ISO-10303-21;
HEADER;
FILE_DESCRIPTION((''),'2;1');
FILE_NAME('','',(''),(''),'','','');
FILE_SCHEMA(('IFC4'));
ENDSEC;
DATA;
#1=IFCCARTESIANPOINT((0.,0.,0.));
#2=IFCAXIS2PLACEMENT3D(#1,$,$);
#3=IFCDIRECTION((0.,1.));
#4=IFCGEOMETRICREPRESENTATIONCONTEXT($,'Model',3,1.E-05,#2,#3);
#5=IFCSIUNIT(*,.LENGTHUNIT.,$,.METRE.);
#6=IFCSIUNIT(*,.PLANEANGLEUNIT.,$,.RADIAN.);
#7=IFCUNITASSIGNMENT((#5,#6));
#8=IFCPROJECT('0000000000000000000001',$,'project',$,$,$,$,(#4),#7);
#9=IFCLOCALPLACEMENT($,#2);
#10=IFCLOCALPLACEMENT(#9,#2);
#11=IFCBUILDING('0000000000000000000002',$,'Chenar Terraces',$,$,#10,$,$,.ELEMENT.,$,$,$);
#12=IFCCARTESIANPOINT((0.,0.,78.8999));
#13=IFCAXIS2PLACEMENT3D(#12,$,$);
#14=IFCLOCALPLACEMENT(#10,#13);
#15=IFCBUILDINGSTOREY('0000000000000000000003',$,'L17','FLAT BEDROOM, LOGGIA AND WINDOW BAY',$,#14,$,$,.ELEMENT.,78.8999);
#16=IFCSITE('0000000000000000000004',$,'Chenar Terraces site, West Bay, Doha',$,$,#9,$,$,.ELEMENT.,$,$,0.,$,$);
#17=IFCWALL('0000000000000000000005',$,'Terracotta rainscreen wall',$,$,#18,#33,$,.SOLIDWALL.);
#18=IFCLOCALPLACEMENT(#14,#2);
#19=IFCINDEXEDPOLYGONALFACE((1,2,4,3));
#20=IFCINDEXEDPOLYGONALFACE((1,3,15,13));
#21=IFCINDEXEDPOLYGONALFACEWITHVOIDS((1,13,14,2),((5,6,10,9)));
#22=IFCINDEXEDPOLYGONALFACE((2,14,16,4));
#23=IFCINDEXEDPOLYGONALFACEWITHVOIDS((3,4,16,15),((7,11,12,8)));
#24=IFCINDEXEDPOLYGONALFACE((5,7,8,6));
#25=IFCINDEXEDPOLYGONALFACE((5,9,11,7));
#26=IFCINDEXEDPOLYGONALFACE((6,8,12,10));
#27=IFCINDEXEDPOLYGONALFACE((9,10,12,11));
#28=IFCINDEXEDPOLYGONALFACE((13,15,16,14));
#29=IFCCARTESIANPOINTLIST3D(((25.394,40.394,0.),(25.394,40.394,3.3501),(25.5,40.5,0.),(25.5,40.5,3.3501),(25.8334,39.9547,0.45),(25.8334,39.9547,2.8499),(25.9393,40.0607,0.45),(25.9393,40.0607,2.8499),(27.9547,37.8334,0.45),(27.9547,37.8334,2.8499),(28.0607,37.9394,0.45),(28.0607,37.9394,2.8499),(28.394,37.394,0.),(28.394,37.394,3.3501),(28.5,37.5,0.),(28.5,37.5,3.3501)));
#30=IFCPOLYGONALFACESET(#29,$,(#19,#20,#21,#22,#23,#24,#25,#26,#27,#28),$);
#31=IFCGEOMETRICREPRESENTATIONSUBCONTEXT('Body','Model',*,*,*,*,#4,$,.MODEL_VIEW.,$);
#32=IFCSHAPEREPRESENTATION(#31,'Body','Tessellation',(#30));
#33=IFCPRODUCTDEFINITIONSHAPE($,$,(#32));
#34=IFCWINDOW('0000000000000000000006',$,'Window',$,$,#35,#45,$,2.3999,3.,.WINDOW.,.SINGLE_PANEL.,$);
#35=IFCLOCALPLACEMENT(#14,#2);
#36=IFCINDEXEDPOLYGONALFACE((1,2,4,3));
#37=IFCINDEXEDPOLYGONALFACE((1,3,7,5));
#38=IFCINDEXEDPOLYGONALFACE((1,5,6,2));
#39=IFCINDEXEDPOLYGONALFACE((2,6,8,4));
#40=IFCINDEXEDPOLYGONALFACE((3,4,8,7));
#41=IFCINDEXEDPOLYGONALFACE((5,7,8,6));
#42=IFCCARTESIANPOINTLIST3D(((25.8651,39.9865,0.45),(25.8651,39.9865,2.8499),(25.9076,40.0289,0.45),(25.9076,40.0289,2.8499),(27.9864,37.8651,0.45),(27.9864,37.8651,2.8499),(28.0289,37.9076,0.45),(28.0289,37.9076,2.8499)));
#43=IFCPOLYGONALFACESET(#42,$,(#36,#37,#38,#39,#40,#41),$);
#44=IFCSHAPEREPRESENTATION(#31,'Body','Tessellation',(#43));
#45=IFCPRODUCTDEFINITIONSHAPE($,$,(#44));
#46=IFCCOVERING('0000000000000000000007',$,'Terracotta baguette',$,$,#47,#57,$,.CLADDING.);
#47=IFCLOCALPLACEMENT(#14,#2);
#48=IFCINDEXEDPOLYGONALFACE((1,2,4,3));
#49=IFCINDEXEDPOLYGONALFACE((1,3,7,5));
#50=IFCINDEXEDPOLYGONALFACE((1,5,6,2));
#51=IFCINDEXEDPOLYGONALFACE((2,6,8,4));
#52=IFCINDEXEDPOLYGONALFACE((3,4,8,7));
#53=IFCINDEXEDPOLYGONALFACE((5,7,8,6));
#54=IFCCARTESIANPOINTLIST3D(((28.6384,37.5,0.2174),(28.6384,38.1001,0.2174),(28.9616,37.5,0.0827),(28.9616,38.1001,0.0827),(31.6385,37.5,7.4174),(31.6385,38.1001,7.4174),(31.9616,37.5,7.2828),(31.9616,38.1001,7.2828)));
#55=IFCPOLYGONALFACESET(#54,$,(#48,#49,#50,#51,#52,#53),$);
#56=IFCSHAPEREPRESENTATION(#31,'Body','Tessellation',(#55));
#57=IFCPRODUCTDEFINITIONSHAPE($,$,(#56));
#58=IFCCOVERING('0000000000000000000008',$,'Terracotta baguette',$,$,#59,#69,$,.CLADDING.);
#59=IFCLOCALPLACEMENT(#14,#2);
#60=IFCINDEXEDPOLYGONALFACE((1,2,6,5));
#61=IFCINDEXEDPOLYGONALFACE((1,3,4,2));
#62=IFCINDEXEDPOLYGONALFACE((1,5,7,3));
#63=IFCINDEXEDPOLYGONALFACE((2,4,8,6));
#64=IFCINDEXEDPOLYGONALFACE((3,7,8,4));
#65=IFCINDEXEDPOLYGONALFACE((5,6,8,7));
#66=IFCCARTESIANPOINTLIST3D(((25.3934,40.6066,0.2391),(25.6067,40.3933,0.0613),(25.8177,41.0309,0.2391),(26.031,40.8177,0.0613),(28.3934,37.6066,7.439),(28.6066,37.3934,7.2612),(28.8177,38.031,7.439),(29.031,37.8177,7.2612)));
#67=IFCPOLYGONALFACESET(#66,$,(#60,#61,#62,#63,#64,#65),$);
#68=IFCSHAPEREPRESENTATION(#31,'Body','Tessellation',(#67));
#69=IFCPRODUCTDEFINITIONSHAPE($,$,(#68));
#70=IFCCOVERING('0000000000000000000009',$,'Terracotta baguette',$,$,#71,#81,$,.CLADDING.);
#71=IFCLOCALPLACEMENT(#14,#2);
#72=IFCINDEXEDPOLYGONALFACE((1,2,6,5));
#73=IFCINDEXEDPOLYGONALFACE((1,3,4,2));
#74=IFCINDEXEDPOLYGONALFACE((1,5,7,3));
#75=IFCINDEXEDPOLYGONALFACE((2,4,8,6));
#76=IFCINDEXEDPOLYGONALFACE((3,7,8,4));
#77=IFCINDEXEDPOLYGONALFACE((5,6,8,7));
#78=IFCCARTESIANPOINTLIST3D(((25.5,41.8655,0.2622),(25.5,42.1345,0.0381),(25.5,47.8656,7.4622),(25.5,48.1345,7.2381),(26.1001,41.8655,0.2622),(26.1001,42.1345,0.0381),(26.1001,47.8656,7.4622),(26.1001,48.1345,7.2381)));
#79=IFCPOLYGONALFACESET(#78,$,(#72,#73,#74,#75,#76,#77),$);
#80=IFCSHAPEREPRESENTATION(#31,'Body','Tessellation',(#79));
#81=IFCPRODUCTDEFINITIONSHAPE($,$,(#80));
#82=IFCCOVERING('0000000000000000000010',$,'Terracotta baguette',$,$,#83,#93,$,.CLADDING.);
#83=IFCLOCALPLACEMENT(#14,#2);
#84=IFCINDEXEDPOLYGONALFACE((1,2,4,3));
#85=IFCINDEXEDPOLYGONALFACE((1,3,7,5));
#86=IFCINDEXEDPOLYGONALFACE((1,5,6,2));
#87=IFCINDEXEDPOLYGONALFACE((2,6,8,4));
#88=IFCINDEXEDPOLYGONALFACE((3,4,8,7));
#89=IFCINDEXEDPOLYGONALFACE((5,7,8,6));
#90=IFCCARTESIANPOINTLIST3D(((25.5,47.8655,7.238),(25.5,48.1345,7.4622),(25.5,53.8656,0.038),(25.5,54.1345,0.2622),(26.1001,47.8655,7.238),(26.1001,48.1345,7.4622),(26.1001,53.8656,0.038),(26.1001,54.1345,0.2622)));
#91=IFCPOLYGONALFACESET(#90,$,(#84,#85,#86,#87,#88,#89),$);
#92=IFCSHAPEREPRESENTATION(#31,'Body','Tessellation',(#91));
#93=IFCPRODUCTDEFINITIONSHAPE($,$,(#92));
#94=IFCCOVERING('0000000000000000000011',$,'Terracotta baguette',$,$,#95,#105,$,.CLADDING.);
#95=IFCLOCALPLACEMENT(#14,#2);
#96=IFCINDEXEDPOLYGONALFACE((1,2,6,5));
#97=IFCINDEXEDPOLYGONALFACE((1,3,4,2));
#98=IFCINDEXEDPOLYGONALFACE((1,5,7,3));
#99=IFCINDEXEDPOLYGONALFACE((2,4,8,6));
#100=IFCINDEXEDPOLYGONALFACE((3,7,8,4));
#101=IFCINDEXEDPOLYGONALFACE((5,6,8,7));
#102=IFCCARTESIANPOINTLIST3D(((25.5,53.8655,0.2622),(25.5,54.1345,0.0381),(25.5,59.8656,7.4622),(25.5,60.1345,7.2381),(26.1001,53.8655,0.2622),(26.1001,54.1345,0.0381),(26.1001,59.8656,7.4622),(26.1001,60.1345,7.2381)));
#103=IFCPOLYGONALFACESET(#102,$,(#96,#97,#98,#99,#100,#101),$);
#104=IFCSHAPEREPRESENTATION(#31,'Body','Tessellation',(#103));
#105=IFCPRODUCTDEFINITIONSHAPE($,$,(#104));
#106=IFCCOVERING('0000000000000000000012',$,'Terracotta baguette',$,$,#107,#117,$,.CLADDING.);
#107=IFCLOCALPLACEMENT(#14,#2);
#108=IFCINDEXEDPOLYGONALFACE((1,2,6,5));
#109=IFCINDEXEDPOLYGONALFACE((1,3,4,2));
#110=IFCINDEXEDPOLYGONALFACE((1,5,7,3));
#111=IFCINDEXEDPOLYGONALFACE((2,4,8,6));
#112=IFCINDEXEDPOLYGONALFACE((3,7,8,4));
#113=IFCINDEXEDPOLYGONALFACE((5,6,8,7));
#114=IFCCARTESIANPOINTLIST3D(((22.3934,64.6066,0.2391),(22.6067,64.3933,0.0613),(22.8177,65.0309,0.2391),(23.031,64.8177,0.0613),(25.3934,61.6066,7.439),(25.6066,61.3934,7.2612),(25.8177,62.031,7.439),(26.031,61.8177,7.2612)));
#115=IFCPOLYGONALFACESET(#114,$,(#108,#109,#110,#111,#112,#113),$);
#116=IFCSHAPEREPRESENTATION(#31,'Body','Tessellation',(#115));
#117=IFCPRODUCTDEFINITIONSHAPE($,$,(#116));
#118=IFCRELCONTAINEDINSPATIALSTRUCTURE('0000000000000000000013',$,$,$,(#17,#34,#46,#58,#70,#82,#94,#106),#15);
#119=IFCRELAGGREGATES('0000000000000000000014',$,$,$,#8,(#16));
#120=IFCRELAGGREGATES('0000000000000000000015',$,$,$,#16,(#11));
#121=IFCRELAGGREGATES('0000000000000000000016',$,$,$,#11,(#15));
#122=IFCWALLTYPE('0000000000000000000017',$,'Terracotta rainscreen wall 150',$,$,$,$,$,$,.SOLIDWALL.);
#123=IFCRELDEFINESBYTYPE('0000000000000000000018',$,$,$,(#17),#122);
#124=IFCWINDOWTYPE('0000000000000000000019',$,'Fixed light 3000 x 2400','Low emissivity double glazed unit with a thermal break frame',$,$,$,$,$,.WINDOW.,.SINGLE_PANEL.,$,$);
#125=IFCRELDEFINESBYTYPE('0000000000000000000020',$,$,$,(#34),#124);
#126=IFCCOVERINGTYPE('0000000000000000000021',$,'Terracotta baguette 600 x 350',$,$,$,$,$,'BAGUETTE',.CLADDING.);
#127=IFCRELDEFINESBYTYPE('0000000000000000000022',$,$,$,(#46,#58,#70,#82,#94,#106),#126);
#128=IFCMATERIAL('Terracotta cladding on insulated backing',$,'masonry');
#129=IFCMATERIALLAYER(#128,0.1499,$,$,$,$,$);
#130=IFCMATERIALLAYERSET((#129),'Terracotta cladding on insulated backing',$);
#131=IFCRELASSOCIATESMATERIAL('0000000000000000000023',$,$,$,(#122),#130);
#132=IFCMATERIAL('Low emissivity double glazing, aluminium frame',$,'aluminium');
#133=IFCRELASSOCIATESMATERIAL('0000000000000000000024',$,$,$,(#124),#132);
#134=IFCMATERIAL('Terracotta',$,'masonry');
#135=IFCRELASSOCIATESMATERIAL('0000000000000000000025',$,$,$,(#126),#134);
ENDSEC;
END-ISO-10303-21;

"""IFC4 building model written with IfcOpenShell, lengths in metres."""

from ifc_helpers import new_model, si_unit, direction, frame, frame_2d, origin, origin_2d, place, context, subcontext, project, spatial, rectangle, extrude, material, layer, layer_set, material_profile, profile_set, type_object, element, fill, save


model = new_model("IFC4")

# Units and contexts
model_context = context("Model", 3, precision=1e-05, world=origin(), true_north=direction((0.0, 1.0)))
body_context = subcontext(model_context, "Body", "Model", "MODEL_VIEW")
ifc_project = project(units=[si_unit("LENGTHUNIT", "METRE"), si_unit("PLANEANGLEUNIT", "RADIAN")], contexts=[model_context])

# Site, building, storey
site_placement = place(None, origin())
site = spatial("IfcSite", under=ifc_project, at=site_placement, Name="Chenar Terraces site, West Bay, Doha", CompositionType="ELEMENT", RefElevation=0.0)
building_placement = place(site_placement, origin())
building = spatial("IfcBuilding", under=site, at=building_placement, Name="Chenar Terraces", CompositionType="ELEMENT")
storey_placement = place(building_placement, frame((0.0, 0.0, 78.8999)))
storey = spatial("IfcBuildingStorey", under=building, at=storey_placement, Name="L17", Description="FLAT BEDROOM, LOGGIA AND WINDOW BAY", CompositionType="ELEMENT", Elevation=78.8999)

# Wall, opening, window
ifc_material_1 = material(Name="Terracotta cladding on insulated backing", Category="masonry")
ifc_layer_1 = layer(ifc_material_1, 0.1499)
ifc_layer_set_1 = layer_set([ifc_layer_1], Name="Terracotta cladding on insulated backing")
wall_type_1 = type_object("IfcWallType", Name="Terracotta rainscreen wall 150", PredefinedType="SOLIDWALL", material=ifc_layer_set_1)
wall_placement = place(storey_placement, frame((28.447, 37.447, 0.0), z_axis=(0.0, 0.0, 1.0), x_axis=(-0.707107, 0.707107, 0.0)))
wall = element("IfcWall", 1, at=wall_placement, inside=storey, type_object=wall_type_1, Name="Terracotta rainscreen wall", PredefinedType="SOLIDWALL", context=body_context, shape_type="SweptSolid", body=[
    extrude(rectangle(XDim=4.2427, YDim=0.1499, at=frame_2d((2.1213, 0.0))), origin(), (0.0, 0.0, 1.0), 3.3501),
])
opening_placement = place(wall_placement, frame((0.6213, 0.0, 0.45)))
opening = element("IfcOpeningElement", 2, at=opening_placement, cuts=wall, PredefinedType="OPENING", context=body_context, shape_type="SweptSolid", body=[
    extrude(rectangle(XDim=3.0, YDim=2.3999, at=frame_2d((1.5, 1.2))), frame((0.0, 0.085, 0.0), z_axis=(0.0, -1.0, 0.0), x_axis=(1.0, 0.0, 0.0)), (0.0, 0.0, 1.0), 0.1699),
])
ifc_material_2 = material(Name="Low emissivity double glazing, aluminium frame", Category="aluminium")
window_type = type_object("IfcWindowType", Name="Fixed light 3000 x 2400", Description="Low emissivity double glazed unit with a thermal break frame", PartitioningType="SINGLE_PANEL", PredefinedType="WINDOW", material=ifc_material_2)
window_placement = place(opening_placement, origin())
window = element("IfcWindow", 3, at=window_placement, inside=storey, type_object=window_type, Name="Window", OverallHeight=2.3999, OverallWidth=3.0, PartitioningType="SINGLE_PANEL", PredefinedType="WINDOW", context=body_context, shape_type="SweptSolid", body=[
    extrude(rectangle(XDim=3.0, YDim=2.3999, at=frame_2d((1.5, 1.2))), frame((0.0, 0.03, 0.0), z_axis=(0.0, -1.0, 0.0), x_axis=(1.0, 0.0, 0.0)), (0.0, 0.0, 1.0), 0.0601),
])
fill(opening, window)

# Coverings
ifc_material_3 = material(Name="Terracotta", Category="masonry")
ifc_material_profile_1 = material_profile(ifc_material_3, rectangle(XDim=0.6001, YDim=0.3501, at=origin_2d()), Name="Terracotta baguette 600 x 350")
ifc_profile_set_1 = profile_set([ifc_material_profile_1], Name="Terracotta")
covering_type = type_object("IfcCoveringType", Name="Terracotta baguette 600 x 350", ElementType="BAGUETTE", PredefinedType="CLADDING", material=ifc_profile_set_1)
covering_1_placement = place(storey_placement, frame((31.8, 37.8, 7.3501), z_axis=(-0.384618, 0.0, -0.923076), x_axis=(0.0, -1.0, 0.0)))
element("IfcCovering", 4, at=covering_1_placement, inside=storey, type_object=covering_type, Name="Terracotta baguette", PredefinedType="CLADDING", context=body_context, shape_type="SweptSolid", body=[
    extrude(rectangle(XDim=0.6001, YDim=0.3501, at=origin_2d()), origin(), (0.0, 0.0, 1.0), 7.8),
])
covering_2_placement = place(storey_placement, frame((28.7122, 37.7122, 7.3501), z_axis=(-0.358981, 0.358981, -0.861548), x_axis=(-0.707107, -0.707107, 0.0)))
element("IfcCovering", 5, at=covering_2_placement, inside=storey, type_object=covering_type, Name="Terracotta baguette", PredefinedType="CLADDING", context=body_context, shape_type="SweptSolid", body=[
    extrude(rectangle(XDim=0.6001, YDim=0.3501, at=origin_2d()), origin(), (0.0, 0.0, 1.0), 8.3569),
])
for number, where, z_axis, x_axis, name in (
    (6, (25.8, 42.0, 0.1501), (0.0, 0.640187, 0.768219), (-1.0, 0.0, 0.0), "Terracotta baguette"),
    (7, (25.8, 48.0, 7.3501), (0.0, 0.640187, -0.768219), (-1.0, 0.0, 0.0), "Terracotta baguette"),
    (8, (25.8, 54.0, 0.1501), (0.0, 0.640187, 0.768219), (-1.0, 0.0, 0.0), "Terracotta baguette"),
):
    element("IfcCovering", number, at=place(storey_placement, frame(where, z_axis=z_axis, x_axis=x_axis)), inside=storey, type_object=covering_type, Name=name, PredefinedType="CLADDING", context=body_context, shape_type="SweptSolid", body=[
        extrude(rectangle(XDim=0.6001, YDim=0.3501, at=origin_2d()), origin(), (0.0, 0.0, 1.0), 9.3723),
    ])
covering_3_placement = place(storey_placement, frame((25.7122, 61.7122, 7.3501), z_axis=(-0.358981, 0.358981, -0.861548), x_axis=(-0.707107, -0.707107, 0.0)))
element("IfcCovering", 9, at=covering_3_placement, inside=storey, type_object=covering_type, Name="Terracotta baguette", PredefinedType="CLADDING", context=body_context, shape_type="SweptSolid", body=[
    extrude(rectangle(XDim=0.6001, YDim=0.3501, at=origin_2d()), origin(), (0.0, 0.0, 1.0), 8.3569),
])

save(model, "model.ifc")
